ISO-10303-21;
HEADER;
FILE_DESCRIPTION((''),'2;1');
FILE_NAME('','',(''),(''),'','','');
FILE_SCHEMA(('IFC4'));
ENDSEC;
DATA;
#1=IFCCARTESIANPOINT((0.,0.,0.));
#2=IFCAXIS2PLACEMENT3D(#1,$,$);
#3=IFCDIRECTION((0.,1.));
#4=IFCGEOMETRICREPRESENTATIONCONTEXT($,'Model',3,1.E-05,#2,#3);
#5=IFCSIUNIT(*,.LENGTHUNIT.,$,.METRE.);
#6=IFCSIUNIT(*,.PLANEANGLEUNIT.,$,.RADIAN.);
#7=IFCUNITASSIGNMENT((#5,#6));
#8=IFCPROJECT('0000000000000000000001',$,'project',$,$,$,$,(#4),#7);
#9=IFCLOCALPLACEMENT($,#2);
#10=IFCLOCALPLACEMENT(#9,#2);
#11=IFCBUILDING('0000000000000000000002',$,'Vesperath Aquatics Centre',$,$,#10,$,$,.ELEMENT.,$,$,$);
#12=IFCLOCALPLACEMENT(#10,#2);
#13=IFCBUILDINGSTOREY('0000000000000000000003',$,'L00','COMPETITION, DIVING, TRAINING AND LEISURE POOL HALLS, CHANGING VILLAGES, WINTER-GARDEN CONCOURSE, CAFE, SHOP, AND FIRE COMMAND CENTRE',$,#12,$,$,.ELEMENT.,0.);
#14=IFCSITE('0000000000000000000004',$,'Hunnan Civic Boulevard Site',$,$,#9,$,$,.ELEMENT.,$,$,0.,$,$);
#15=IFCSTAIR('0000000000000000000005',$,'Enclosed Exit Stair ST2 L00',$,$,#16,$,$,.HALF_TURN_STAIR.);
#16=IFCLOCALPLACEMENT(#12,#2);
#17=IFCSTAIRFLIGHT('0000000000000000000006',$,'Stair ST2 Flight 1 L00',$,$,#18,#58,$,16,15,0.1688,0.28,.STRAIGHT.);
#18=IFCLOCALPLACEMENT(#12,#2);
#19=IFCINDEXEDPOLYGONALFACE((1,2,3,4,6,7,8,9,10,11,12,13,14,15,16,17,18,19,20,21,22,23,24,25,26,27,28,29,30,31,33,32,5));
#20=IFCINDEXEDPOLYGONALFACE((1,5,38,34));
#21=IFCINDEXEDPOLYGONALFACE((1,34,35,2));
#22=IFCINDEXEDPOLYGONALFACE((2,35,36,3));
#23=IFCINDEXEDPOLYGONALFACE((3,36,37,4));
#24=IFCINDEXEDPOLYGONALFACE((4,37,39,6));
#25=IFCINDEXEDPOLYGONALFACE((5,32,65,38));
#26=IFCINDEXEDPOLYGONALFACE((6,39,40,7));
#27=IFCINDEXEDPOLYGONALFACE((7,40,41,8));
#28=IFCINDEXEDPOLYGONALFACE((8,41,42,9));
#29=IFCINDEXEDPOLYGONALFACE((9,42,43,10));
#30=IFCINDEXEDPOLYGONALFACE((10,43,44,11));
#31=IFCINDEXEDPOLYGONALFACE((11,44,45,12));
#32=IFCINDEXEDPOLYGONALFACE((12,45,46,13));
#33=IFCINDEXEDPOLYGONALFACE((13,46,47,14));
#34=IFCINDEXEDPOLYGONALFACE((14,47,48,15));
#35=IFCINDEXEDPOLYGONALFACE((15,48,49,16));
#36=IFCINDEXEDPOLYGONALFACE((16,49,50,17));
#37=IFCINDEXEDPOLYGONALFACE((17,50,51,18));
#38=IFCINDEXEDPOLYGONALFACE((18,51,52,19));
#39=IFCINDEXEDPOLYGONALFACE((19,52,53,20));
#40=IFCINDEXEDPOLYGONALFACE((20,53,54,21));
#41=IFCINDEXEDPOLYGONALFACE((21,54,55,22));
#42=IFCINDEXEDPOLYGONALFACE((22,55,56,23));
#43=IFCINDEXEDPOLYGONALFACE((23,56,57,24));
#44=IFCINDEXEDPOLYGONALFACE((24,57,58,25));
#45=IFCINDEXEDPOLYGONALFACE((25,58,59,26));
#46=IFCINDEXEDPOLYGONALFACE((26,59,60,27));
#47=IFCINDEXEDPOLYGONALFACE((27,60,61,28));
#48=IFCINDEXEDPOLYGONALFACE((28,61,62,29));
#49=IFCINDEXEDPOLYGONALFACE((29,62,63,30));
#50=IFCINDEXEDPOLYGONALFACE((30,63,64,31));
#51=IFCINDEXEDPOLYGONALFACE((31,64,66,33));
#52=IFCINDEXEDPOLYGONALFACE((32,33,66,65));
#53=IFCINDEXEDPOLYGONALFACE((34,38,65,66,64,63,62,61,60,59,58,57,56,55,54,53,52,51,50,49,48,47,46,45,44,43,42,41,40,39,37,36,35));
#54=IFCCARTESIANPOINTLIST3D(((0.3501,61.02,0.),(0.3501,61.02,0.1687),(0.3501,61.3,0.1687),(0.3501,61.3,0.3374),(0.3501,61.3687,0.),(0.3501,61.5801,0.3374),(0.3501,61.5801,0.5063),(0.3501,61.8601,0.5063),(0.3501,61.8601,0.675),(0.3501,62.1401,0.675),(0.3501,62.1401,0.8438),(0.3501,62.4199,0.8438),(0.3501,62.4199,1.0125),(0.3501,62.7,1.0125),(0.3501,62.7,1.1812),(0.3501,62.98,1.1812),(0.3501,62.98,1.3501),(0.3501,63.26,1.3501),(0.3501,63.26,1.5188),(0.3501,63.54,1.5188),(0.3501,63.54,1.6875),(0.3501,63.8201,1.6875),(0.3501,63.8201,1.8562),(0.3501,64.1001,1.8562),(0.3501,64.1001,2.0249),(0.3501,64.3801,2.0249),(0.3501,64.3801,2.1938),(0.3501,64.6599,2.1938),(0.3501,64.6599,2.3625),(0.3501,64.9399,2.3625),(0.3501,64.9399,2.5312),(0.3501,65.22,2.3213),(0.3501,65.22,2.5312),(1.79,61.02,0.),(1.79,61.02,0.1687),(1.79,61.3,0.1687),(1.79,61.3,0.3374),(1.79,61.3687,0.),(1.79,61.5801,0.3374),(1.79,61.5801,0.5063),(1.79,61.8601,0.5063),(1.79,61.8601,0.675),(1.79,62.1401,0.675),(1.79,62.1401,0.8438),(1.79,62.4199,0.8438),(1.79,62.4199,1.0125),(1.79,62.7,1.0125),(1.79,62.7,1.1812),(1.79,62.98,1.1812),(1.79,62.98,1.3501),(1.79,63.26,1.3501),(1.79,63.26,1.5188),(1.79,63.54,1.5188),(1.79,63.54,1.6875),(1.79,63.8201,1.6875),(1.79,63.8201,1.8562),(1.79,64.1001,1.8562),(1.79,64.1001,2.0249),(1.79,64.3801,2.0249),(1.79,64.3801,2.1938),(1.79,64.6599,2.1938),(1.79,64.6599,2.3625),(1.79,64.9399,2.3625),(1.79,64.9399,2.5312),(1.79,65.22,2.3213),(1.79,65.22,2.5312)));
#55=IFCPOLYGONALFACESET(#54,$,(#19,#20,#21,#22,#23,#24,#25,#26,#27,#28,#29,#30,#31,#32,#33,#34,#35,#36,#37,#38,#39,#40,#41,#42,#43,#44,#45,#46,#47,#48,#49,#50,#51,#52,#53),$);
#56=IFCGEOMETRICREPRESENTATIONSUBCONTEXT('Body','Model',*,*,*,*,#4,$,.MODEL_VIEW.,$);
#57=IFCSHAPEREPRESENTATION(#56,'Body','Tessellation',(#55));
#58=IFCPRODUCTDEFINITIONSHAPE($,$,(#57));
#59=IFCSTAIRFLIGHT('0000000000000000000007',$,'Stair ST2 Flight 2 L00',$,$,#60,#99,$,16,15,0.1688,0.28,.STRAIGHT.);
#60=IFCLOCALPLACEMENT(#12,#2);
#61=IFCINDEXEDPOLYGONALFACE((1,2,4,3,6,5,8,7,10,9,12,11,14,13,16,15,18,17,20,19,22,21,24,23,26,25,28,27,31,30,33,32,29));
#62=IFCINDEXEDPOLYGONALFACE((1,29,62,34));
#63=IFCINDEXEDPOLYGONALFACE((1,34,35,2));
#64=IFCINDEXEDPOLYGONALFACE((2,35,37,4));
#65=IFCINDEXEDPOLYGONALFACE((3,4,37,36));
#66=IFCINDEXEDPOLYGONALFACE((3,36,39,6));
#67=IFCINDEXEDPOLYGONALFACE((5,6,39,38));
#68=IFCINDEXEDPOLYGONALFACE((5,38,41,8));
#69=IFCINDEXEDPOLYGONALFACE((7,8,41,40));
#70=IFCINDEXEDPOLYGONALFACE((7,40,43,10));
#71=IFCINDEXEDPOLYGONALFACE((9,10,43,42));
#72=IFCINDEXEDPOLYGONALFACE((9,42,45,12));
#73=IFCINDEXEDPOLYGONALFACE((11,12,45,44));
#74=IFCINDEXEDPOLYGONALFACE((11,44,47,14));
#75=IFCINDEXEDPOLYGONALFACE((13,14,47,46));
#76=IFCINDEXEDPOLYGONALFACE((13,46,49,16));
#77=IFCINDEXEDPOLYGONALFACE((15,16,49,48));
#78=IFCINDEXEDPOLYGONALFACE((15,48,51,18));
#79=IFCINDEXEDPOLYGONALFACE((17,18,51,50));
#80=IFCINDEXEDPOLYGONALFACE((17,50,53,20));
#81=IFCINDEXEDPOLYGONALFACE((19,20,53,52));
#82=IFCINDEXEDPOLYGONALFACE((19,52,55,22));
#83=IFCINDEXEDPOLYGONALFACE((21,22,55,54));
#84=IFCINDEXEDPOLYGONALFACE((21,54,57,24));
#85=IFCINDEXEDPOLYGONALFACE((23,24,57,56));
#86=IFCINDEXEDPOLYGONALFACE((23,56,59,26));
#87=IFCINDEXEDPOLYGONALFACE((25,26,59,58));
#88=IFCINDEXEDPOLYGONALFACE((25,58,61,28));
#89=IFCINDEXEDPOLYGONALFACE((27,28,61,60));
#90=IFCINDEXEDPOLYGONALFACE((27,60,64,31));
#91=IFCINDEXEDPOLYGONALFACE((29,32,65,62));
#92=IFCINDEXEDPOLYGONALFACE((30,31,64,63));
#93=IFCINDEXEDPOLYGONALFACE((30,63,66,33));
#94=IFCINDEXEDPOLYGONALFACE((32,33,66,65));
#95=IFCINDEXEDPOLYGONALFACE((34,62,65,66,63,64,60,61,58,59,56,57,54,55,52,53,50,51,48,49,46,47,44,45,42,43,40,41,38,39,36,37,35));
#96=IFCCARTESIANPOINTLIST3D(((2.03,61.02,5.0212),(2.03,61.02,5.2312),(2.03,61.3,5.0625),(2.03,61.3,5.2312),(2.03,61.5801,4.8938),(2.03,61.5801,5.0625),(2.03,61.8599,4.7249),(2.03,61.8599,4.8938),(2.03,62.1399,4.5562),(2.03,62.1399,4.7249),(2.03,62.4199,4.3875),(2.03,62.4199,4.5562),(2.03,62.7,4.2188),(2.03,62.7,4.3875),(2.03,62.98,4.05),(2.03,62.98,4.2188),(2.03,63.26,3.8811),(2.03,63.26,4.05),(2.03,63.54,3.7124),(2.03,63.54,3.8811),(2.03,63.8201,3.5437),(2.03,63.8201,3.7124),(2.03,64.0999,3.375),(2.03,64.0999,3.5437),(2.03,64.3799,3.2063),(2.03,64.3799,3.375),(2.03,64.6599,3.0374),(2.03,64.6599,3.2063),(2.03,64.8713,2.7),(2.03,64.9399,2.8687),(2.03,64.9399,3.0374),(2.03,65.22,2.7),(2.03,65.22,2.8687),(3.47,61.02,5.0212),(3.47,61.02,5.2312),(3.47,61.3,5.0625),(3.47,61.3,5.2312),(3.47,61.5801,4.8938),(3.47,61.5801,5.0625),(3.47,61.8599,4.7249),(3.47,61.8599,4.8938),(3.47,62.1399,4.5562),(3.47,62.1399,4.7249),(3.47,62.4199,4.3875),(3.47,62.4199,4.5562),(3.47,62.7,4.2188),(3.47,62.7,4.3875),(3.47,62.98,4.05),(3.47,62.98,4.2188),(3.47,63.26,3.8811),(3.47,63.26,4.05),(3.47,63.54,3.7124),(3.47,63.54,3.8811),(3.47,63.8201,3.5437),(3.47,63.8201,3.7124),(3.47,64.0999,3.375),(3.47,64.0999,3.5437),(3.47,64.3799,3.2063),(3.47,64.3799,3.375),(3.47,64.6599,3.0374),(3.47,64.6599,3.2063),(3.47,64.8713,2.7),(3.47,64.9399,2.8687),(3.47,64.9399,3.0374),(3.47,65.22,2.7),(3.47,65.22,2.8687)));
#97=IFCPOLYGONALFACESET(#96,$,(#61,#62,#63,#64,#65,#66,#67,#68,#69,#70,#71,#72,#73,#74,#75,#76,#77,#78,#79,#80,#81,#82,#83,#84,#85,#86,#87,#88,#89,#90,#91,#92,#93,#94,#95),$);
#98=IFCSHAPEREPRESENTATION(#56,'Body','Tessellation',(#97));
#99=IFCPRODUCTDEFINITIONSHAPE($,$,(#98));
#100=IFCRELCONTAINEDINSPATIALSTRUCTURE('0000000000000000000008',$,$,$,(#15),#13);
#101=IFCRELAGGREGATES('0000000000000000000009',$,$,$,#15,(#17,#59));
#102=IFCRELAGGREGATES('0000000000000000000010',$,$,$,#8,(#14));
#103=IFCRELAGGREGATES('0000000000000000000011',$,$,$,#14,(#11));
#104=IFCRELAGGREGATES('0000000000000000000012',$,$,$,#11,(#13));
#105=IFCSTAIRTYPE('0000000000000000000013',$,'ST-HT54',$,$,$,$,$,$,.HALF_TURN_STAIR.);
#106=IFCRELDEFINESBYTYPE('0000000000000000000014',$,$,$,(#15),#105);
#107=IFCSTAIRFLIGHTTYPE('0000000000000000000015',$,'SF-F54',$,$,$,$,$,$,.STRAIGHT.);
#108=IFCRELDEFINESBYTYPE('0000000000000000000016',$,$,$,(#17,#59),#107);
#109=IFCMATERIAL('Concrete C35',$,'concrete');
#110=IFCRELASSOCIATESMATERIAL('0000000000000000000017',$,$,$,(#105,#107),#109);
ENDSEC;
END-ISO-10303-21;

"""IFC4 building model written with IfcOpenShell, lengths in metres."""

from ifc_helpers import new_model, si_unit, direction, frame, origin, place, context, subcontext, project, spatial, polyline, outline, extrude, material, type_object, element, aggregate, save


model = new_model("IFC4")

# Units and contexts
model_context = context("Model", 3, precision=1e-05, world=origin(), true_north=direction((0.0, 1.0)))
body_context = subcontext(model_context, "Body", "Model", "MODEL_VIEW")
ifc_project = project(units=[si_unit("LENGTHUNIT", "METRE"), si_unit("PLANEANGLEUNIT", "RADIAN")], contexts=[model_context])

# Site, building, storey
site_placement = place(None, origin())
site = spatial("IfcSite", under=ifc_project, at=site_placement, Name="Hunnan Civic Boulevard Site", CompositionType="ELEMENT", RefElevation=0.0)
building_placement = place(site_placement, origin())
building = spatial("IfcBuilding", under=site, at=building_placement, Name="Vesperath Aquatics Centre", CompositionType="ELEMENT")
storey_placement = place(building_placement, origin())
storey = spatial("IfcBuildingStorey", under=building, at=storey_placement, Name="L00", Description="COMPETITION, DIVING, TRAINING AND LEISURE POOL HALLS, CHANGING VILLAGES, WINTER-GARDEN CONCOURSE, CAFE, SHOP, AND FIRE COMMAND CENTRE", CompositionType="ELEMENT", Elevation=0.0)

# Shared definitions
ifc_material_1 = material(Name="Concrete C35", Category="concrete")

# Stair, stair flights
stair_type = type_object("IfcStairType", Name="ST-HT54", PredefinedType="HALF_TURN_STAIR", material=ifc_material_1)
stair_placement = place(storey_placement, origin())
stair = element("IfcStair", 1, at=stair_placement, inside=storey, type_object=stair_type, Name="Enclosed Exit Stair ST2 L00", PredefinedType="HALF_TURN_STAIR")
stair_flight_type = type_object("IfcStairFlightType", Name="SF-F54", PredefinedType="STRAIGHT", material=ifc_material_1)
stair_flight_1_placement = place(storey_placement, frame((1.0701, 61.02, 0.0), z_axis=(0.0, 0.0, 1.0), x_axis=(0.0, 1.0, 0.0)))
stair_flight_1 = element("IfcStairFlight", 2, at=stair_flight_1_placement, type_object=stair_flight_type, Name="Stair ST2 Flight 1 L00", NumberOfRisers=16, NumberOfTreads=15, PredefinedType="STRAIGHT", RiserHeight=0.1688, TreadLength=0.28, context=body_context, shape_type="SweptSolid", body=[
    extrude(outline(polyline([(0.0, 0.0), (0.0, 0.1687), (0.28, 0.1687), (0.28, 0.3374), (0.5601, 0.3374), (0.5601, 0.5063), (0.8401, 0.5063), (0.8401, 0.675), (1.1201, 0.675), (1.1201, 0.8438), (1.3999, 0.8438), (1.3999, 1.0125), (1.6799, 1.0125), (1.6799, 1.1812), (1.96, 1.1812), (1.96, 1.3501), (2.24, 1.3501), (2.24, 1.5188), (2.52, 1.5188), (2.52, 1.6875), (2.8, 1.6875), (2.8, 1.8562), (3.0801, 1.8562), (3.0801, 2.0249), (3.3601, 2.0249), (3.3601, 2.1938), (3.6399, 2.1938), (3.6399, 2.3625), (3.9199, 2.3625), (3.9199, 2.5312), (4.2, 2.5312), (4.2, 2.7), (4.2, 2.3213), (0.3486, 0.0), (0.0, 0.0)])), frame((0.0, 0.72, 0.0), z_axis=(0.0, -1.0, 0.0), x_axis=(1.0, 0.0, 0.0)), (0.0, 0.0, 1.0), 1.4399),
])
stair_flight_2_placement = place(storey_placement, frame((2.75, 65.22, 2.7), z_axis=(0.0, 0.0, 1.0), x_axis=(0.0, -1.0, 0.0)))
stair_flight_2 = element("IfcStairFlight", 3, at=stair_flight_2_placement, type_object=stair_flight_type, Name="Stair ST2 Flight 2 L00", NumberOfRisers=16, NumberOfTreads=15, PredefinedType="STRAIGHT", RiserHeight=0.1688, TreadLength=0.28, context=body_context, shape_type="SweptSolid", body=[
    extrude(outline(polyline([(0.0, 0.0), (0.0, 0.1687), (0.28, 0.1687), (0.28, 0.3374), (0.5601, 0.3374), (0.5601, 0.5063), (0.8401, 0.5063), (0.8401, 0.675), (1.1201, 0.675), (1.1201, 0.8438), (1.3999, 0.8438), (1.3999, 1.0125), (1.6799, 1.0125), (1.6799, 1.1812), (1.96, 1.1812), (1.96, 1.3501), (2.24, 1.3501), (2.24, 1.5188), (2.52, 1.5188), (2.52, 1.6875), (2.8, 1.6875), (2.8, 1.8562), (3.0801, 1.8562), (3.0801, 2.0249), (3.3601, 2.0249), (3.3601, 2.1938), (3.6399, 2.1938), (3.6399, 2.3625), (3.9199, 2.3625), (3.9199, 2.5312), (4.2, 2.5312), (4.2, 2.7), (4.2, 2.3213), (0.3486, 0.0), (0.0, 0.0)])), frame((0.0, 0.72, 0.0), z_axis=(0.0, -1.0, 0.0), x_axis=(1.0, 0.0, 0.0)), (0.0, 0.0, 1.0), 1.4399),
])
aggregate(stair, [stair_flight_1, stair_flight_2])

save(model, "model.ifc")
